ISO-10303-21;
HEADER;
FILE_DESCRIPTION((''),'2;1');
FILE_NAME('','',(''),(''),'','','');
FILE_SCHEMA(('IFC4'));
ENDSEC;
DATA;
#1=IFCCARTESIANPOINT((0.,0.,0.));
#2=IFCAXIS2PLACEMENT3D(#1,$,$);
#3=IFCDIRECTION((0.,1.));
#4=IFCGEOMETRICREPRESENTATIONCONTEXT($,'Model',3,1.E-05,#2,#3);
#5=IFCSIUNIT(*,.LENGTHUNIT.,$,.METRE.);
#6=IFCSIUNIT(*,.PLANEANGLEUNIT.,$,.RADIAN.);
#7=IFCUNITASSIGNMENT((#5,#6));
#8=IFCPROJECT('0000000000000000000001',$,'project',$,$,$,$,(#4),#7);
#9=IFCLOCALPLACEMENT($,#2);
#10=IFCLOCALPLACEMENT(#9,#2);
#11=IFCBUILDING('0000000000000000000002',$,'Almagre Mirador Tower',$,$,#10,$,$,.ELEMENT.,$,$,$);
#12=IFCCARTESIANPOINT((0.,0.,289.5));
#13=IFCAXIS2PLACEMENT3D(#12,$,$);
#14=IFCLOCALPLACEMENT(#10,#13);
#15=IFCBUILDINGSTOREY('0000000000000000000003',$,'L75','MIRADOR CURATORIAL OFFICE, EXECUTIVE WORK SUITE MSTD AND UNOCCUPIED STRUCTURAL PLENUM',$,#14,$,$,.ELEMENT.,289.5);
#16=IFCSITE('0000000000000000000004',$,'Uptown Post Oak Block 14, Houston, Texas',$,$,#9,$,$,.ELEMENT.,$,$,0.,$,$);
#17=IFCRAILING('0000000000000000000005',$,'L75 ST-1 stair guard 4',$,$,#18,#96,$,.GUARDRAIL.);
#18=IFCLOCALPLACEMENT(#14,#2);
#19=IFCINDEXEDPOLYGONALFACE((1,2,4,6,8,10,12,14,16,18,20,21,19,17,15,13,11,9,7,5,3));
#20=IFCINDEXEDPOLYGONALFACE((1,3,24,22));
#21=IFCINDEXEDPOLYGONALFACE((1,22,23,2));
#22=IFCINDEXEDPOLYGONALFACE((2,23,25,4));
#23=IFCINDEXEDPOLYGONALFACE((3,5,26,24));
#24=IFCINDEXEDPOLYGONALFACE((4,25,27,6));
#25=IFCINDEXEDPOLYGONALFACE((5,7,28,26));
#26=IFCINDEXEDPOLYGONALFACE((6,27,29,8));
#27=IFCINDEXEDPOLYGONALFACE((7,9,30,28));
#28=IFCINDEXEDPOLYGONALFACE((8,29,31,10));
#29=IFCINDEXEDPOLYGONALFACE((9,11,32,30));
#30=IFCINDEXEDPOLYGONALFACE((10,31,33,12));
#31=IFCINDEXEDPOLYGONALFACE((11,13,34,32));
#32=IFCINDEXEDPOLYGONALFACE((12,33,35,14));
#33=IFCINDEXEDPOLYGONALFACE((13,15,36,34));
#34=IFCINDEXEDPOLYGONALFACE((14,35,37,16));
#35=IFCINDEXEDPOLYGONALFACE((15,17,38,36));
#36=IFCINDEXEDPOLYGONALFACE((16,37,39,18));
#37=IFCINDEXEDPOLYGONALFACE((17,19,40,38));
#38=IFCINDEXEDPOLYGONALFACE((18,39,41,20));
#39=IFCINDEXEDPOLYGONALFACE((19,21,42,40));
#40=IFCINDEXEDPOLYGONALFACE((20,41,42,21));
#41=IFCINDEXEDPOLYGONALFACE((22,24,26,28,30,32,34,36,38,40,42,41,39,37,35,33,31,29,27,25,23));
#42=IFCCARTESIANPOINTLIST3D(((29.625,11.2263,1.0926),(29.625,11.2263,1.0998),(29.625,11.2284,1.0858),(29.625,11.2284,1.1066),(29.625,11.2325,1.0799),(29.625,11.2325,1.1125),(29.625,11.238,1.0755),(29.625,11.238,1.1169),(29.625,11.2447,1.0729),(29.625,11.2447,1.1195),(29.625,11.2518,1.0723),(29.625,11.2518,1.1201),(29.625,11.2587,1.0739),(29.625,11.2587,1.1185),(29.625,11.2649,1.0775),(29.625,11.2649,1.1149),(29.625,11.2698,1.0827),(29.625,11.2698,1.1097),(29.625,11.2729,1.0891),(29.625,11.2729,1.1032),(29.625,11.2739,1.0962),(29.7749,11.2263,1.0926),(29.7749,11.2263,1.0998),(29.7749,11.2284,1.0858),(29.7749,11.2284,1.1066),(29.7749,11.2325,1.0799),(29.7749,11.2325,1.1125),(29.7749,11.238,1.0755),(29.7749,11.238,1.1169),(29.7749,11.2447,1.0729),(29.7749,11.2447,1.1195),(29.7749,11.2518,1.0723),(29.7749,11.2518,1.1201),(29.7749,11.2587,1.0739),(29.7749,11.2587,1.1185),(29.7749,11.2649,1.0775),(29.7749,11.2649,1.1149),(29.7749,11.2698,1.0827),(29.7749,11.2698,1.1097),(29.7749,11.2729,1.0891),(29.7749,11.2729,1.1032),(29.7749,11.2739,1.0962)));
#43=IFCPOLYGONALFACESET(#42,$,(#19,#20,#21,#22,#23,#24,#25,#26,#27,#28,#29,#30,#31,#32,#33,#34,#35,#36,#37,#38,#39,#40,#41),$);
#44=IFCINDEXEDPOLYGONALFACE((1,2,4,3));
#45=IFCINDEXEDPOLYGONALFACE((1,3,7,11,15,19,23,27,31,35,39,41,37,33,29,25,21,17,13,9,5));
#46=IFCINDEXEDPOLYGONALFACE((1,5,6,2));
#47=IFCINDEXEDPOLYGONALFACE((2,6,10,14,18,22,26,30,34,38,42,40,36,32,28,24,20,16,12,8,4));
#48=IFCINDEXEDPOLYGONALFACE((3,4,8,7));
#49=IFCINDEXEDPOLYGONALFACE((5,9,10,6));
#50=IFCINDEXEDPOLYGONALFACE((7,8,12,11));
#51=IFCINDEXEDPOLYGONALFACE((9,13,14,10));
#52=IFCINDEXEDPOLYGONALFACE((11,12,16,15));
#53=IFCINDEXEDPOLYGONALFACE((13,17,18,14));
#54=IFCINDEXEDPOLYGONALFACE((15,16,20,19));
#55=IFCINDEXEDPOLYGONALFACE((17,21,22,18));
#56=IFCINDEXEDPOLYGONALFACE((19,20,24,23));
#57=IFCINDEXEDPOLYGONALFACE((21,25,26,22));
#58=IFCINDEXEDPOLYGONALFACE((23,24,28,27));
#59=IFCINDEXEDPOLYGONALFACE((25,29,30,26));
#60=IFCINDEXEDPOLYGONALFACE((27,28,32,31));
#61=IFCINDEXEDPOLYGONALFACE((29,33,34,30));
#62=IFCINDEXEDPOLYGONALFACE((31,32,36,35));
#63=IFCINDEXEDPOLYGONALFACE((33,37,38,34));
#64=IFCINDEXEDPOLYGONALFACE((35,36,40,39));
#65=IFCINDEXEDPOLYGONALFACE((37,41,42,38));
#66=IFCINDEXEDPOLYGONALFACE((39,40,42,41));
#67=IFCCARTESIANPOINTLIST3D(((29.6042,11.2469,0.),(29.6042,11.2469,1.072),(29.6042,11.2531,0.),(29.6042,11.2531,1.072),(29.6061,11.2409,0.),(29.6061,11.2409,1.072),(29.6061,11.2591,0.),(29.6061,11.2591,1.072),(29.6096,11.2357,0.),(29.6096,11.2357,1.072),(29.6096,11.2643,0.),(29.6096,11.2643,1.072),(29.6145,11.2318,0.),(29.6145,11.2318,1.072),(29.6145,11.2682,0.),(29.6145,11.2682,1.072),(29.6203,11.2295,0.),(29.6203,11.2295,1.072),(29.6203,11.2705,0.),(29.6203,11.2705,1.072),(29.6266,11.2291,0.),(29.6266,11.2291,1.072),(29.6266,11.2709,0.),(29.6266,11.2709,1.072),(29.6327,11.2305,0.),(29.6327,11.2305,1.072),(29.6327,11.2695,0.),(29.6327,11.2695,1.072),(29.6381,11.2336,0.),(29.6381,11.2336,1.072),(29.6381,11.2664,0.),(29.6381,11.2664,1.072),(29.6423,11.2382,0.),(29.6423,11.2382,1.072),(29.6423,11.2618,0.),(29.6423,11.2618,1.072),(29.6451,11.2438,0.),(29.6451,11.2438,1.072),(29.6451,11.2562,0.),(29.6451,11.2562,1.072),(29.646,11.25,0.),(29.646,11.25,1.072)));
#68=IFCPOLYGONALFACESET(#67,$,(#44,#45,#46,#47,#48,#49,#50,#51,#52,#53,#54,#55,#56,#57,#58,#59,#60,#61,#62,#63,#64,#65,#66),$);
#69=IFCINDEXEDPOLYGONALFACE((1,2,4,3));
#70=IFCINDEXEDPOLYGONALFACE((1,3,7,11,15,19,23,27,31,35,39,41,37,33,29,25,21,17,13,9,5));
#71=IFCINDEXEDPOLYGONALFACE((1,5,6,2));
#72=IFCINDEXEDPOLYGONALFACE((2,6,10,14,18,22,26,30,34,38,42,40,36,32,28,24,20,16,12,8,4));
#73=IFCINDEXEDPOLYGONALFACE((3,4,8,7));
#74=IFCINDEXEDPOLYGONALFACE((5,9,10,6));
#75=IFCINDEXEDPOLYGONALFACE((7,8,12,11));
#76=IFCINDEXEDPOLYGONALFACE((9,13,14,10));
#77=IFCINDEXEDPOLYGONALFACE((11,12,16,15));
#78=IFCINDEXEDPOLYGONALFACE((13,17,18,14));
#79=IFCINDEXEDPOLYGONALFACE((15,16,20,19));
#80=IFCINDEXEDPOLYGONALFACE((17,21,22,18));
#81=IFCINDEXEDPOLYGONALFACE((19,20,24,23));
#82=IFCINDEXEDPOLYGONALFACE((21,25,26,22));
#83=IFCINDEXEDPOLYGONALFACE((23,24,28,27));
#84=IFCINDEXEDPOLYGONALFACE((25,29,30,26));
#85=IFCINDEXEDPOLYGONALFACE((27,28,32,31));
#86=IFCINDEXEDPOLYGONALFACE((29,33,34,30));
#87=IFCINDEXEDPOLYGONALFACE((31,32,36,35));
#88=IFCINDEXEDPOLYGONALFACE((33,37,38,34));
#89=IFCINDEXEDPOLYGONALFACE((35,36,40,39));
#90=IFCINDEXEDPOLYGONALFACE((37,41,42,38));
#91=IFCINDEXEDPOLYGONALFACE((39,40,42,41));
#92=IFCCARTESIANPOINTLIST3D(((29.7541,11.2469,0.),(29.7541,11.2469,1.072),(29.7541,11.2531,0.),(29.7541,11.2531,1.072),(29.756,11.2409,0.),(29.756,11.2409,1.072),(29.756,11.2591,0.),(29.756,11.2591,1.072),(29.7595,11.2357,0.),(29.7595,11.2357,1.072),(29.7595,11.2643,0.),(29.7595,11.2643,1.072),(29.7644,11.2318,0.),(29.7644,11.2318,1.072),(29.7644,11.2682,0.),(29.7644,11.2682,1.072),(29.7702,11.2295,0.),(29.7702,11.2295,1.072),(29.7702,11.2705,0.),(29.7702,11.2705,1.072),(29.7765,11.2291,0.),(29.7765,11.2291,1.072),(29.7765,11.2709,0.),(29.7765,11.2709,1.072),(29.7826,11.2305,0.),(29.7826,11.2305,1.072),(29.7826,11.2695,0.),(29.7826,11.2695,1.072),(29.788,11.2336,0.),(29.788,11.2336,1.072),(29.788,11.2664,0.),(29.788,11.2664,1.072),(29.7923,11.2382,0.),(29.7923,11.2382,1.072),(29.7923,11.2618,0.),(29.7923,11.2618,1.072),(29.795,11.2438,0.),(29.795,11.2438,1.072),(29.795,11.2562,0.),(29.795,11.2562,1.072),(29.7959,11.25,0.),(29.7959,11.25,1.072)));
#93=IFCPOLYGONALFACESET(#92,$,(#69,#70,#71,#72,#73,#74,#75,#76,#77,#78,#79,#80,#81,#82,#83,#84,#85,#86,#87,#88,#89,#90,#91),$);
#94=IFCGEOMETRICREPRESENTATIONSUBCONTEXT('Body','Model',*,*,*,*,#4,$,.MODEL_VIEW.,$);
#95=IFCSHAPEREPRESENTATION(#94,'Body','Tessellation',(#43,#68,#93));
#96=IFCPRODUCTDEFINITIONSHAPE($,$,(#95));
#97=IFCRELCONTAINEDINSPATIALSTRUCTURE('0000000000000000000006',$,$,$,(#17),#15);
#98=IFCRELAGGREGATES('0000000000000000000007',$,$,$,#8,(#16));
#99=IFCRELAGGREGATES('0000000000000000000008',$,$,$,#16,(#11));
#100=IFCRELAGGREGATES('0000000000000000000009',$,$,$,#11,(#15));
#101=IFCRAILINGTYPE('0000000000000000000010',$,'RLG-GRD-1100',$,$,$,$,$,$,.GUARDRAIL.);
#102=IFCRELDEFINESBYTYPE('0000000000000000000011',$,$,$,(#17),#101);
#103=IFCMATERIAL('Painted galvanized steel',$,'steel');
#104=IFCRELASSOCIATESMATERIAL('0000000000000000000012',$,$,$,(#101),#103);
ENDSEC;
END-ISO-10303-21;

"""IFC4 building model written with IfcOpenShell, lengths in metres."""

from ifc_helpers import new_model, si_unit, direction, frame, origin, origin_2d, place, context, subcontext, project, spatial, circle, extrude, material, type_object, element, save


model = new_model("IFC4")

# Units and contexts
model_context = context("Model", 3, precision=1e-05, world=origin(), true_north=direction((0.0, 1.0)))
body_context = subcontext(model_context, "Body", "Model", "MODEL_VIEW")
ifc_project = project(units=[si_unit("LENGTHUNIT", "METRE"), si_unit("PLANEANGLEUNIT", "RADIAN")], contexts=[model_context])

# Site, building, storey
site_placement = place(None, origin())
site = spatial("IfcSite", under=ifc_project, at=site_placement, Name="Uptown Post Oak Block 14, Houston, Texas", CompositionType="ELEMENT", RefElevation=0.0)
building_placement = place(site_placement, origin())
building = spatial("IfcBuilding", under=site, at=building_placement, Name="Almagre Mirador Tower", CompositionType="ELEMENT")
storey_placement = place(building_placement, frame((0.0, 0.0, 289.5)))
storey = spatial("IfcBuildingStorey", under=building, at=storey_placement, Name="L75", Description="MIRADOR CURATORIAL OFFICE, EXECUTIVE WORK SUITE MSTD AND UNOCCUPIED STRUCTURAL PLENUM", CompositionType="ELEMENT", Elevation=289.5)

# Railing
ifc_material_1 = material(Name="Painted galvanized steel", Category="steel")
railing_type_1 = type_object("IfcRailingType", Name="RLG-GRD-1100", PredefinedType="GUARDRAIL", material=ifc_material_1)
railing_1_placement = place(storey_placement, frame((29.625, 11.25, 0.0)))
element("IfcRailing", 1, at=railing_1_placement, inside=storey, type_object=railing_type_1, Name="L75 ST-1 stair guard 4", PredefinedType="GUARDRAIL", context=body_context, shape_type="SweptSolid", body=[
    extrude(circle(Radius=0.0239, at=origin_2d()), frame((0.0, 0.0, 1.0962), z_axis=(1.0, 0.0, 0.0), x_axis=(0.0, 1.0, 0.0)), (0.0, 0.0, 1.0), 0.1499),
    extrude(circle(Radius=0.021, at=origin_2d()), origin(), (0.0, 0.0, 1.0), 1.072),
    extrude(circle(Radius=0.021, at=origin_2d()), frame((0.1499, 0.0, 0.0)), (0.0, 0.0, 1.0), 1.072),
])

save(model, "model.ifc")
